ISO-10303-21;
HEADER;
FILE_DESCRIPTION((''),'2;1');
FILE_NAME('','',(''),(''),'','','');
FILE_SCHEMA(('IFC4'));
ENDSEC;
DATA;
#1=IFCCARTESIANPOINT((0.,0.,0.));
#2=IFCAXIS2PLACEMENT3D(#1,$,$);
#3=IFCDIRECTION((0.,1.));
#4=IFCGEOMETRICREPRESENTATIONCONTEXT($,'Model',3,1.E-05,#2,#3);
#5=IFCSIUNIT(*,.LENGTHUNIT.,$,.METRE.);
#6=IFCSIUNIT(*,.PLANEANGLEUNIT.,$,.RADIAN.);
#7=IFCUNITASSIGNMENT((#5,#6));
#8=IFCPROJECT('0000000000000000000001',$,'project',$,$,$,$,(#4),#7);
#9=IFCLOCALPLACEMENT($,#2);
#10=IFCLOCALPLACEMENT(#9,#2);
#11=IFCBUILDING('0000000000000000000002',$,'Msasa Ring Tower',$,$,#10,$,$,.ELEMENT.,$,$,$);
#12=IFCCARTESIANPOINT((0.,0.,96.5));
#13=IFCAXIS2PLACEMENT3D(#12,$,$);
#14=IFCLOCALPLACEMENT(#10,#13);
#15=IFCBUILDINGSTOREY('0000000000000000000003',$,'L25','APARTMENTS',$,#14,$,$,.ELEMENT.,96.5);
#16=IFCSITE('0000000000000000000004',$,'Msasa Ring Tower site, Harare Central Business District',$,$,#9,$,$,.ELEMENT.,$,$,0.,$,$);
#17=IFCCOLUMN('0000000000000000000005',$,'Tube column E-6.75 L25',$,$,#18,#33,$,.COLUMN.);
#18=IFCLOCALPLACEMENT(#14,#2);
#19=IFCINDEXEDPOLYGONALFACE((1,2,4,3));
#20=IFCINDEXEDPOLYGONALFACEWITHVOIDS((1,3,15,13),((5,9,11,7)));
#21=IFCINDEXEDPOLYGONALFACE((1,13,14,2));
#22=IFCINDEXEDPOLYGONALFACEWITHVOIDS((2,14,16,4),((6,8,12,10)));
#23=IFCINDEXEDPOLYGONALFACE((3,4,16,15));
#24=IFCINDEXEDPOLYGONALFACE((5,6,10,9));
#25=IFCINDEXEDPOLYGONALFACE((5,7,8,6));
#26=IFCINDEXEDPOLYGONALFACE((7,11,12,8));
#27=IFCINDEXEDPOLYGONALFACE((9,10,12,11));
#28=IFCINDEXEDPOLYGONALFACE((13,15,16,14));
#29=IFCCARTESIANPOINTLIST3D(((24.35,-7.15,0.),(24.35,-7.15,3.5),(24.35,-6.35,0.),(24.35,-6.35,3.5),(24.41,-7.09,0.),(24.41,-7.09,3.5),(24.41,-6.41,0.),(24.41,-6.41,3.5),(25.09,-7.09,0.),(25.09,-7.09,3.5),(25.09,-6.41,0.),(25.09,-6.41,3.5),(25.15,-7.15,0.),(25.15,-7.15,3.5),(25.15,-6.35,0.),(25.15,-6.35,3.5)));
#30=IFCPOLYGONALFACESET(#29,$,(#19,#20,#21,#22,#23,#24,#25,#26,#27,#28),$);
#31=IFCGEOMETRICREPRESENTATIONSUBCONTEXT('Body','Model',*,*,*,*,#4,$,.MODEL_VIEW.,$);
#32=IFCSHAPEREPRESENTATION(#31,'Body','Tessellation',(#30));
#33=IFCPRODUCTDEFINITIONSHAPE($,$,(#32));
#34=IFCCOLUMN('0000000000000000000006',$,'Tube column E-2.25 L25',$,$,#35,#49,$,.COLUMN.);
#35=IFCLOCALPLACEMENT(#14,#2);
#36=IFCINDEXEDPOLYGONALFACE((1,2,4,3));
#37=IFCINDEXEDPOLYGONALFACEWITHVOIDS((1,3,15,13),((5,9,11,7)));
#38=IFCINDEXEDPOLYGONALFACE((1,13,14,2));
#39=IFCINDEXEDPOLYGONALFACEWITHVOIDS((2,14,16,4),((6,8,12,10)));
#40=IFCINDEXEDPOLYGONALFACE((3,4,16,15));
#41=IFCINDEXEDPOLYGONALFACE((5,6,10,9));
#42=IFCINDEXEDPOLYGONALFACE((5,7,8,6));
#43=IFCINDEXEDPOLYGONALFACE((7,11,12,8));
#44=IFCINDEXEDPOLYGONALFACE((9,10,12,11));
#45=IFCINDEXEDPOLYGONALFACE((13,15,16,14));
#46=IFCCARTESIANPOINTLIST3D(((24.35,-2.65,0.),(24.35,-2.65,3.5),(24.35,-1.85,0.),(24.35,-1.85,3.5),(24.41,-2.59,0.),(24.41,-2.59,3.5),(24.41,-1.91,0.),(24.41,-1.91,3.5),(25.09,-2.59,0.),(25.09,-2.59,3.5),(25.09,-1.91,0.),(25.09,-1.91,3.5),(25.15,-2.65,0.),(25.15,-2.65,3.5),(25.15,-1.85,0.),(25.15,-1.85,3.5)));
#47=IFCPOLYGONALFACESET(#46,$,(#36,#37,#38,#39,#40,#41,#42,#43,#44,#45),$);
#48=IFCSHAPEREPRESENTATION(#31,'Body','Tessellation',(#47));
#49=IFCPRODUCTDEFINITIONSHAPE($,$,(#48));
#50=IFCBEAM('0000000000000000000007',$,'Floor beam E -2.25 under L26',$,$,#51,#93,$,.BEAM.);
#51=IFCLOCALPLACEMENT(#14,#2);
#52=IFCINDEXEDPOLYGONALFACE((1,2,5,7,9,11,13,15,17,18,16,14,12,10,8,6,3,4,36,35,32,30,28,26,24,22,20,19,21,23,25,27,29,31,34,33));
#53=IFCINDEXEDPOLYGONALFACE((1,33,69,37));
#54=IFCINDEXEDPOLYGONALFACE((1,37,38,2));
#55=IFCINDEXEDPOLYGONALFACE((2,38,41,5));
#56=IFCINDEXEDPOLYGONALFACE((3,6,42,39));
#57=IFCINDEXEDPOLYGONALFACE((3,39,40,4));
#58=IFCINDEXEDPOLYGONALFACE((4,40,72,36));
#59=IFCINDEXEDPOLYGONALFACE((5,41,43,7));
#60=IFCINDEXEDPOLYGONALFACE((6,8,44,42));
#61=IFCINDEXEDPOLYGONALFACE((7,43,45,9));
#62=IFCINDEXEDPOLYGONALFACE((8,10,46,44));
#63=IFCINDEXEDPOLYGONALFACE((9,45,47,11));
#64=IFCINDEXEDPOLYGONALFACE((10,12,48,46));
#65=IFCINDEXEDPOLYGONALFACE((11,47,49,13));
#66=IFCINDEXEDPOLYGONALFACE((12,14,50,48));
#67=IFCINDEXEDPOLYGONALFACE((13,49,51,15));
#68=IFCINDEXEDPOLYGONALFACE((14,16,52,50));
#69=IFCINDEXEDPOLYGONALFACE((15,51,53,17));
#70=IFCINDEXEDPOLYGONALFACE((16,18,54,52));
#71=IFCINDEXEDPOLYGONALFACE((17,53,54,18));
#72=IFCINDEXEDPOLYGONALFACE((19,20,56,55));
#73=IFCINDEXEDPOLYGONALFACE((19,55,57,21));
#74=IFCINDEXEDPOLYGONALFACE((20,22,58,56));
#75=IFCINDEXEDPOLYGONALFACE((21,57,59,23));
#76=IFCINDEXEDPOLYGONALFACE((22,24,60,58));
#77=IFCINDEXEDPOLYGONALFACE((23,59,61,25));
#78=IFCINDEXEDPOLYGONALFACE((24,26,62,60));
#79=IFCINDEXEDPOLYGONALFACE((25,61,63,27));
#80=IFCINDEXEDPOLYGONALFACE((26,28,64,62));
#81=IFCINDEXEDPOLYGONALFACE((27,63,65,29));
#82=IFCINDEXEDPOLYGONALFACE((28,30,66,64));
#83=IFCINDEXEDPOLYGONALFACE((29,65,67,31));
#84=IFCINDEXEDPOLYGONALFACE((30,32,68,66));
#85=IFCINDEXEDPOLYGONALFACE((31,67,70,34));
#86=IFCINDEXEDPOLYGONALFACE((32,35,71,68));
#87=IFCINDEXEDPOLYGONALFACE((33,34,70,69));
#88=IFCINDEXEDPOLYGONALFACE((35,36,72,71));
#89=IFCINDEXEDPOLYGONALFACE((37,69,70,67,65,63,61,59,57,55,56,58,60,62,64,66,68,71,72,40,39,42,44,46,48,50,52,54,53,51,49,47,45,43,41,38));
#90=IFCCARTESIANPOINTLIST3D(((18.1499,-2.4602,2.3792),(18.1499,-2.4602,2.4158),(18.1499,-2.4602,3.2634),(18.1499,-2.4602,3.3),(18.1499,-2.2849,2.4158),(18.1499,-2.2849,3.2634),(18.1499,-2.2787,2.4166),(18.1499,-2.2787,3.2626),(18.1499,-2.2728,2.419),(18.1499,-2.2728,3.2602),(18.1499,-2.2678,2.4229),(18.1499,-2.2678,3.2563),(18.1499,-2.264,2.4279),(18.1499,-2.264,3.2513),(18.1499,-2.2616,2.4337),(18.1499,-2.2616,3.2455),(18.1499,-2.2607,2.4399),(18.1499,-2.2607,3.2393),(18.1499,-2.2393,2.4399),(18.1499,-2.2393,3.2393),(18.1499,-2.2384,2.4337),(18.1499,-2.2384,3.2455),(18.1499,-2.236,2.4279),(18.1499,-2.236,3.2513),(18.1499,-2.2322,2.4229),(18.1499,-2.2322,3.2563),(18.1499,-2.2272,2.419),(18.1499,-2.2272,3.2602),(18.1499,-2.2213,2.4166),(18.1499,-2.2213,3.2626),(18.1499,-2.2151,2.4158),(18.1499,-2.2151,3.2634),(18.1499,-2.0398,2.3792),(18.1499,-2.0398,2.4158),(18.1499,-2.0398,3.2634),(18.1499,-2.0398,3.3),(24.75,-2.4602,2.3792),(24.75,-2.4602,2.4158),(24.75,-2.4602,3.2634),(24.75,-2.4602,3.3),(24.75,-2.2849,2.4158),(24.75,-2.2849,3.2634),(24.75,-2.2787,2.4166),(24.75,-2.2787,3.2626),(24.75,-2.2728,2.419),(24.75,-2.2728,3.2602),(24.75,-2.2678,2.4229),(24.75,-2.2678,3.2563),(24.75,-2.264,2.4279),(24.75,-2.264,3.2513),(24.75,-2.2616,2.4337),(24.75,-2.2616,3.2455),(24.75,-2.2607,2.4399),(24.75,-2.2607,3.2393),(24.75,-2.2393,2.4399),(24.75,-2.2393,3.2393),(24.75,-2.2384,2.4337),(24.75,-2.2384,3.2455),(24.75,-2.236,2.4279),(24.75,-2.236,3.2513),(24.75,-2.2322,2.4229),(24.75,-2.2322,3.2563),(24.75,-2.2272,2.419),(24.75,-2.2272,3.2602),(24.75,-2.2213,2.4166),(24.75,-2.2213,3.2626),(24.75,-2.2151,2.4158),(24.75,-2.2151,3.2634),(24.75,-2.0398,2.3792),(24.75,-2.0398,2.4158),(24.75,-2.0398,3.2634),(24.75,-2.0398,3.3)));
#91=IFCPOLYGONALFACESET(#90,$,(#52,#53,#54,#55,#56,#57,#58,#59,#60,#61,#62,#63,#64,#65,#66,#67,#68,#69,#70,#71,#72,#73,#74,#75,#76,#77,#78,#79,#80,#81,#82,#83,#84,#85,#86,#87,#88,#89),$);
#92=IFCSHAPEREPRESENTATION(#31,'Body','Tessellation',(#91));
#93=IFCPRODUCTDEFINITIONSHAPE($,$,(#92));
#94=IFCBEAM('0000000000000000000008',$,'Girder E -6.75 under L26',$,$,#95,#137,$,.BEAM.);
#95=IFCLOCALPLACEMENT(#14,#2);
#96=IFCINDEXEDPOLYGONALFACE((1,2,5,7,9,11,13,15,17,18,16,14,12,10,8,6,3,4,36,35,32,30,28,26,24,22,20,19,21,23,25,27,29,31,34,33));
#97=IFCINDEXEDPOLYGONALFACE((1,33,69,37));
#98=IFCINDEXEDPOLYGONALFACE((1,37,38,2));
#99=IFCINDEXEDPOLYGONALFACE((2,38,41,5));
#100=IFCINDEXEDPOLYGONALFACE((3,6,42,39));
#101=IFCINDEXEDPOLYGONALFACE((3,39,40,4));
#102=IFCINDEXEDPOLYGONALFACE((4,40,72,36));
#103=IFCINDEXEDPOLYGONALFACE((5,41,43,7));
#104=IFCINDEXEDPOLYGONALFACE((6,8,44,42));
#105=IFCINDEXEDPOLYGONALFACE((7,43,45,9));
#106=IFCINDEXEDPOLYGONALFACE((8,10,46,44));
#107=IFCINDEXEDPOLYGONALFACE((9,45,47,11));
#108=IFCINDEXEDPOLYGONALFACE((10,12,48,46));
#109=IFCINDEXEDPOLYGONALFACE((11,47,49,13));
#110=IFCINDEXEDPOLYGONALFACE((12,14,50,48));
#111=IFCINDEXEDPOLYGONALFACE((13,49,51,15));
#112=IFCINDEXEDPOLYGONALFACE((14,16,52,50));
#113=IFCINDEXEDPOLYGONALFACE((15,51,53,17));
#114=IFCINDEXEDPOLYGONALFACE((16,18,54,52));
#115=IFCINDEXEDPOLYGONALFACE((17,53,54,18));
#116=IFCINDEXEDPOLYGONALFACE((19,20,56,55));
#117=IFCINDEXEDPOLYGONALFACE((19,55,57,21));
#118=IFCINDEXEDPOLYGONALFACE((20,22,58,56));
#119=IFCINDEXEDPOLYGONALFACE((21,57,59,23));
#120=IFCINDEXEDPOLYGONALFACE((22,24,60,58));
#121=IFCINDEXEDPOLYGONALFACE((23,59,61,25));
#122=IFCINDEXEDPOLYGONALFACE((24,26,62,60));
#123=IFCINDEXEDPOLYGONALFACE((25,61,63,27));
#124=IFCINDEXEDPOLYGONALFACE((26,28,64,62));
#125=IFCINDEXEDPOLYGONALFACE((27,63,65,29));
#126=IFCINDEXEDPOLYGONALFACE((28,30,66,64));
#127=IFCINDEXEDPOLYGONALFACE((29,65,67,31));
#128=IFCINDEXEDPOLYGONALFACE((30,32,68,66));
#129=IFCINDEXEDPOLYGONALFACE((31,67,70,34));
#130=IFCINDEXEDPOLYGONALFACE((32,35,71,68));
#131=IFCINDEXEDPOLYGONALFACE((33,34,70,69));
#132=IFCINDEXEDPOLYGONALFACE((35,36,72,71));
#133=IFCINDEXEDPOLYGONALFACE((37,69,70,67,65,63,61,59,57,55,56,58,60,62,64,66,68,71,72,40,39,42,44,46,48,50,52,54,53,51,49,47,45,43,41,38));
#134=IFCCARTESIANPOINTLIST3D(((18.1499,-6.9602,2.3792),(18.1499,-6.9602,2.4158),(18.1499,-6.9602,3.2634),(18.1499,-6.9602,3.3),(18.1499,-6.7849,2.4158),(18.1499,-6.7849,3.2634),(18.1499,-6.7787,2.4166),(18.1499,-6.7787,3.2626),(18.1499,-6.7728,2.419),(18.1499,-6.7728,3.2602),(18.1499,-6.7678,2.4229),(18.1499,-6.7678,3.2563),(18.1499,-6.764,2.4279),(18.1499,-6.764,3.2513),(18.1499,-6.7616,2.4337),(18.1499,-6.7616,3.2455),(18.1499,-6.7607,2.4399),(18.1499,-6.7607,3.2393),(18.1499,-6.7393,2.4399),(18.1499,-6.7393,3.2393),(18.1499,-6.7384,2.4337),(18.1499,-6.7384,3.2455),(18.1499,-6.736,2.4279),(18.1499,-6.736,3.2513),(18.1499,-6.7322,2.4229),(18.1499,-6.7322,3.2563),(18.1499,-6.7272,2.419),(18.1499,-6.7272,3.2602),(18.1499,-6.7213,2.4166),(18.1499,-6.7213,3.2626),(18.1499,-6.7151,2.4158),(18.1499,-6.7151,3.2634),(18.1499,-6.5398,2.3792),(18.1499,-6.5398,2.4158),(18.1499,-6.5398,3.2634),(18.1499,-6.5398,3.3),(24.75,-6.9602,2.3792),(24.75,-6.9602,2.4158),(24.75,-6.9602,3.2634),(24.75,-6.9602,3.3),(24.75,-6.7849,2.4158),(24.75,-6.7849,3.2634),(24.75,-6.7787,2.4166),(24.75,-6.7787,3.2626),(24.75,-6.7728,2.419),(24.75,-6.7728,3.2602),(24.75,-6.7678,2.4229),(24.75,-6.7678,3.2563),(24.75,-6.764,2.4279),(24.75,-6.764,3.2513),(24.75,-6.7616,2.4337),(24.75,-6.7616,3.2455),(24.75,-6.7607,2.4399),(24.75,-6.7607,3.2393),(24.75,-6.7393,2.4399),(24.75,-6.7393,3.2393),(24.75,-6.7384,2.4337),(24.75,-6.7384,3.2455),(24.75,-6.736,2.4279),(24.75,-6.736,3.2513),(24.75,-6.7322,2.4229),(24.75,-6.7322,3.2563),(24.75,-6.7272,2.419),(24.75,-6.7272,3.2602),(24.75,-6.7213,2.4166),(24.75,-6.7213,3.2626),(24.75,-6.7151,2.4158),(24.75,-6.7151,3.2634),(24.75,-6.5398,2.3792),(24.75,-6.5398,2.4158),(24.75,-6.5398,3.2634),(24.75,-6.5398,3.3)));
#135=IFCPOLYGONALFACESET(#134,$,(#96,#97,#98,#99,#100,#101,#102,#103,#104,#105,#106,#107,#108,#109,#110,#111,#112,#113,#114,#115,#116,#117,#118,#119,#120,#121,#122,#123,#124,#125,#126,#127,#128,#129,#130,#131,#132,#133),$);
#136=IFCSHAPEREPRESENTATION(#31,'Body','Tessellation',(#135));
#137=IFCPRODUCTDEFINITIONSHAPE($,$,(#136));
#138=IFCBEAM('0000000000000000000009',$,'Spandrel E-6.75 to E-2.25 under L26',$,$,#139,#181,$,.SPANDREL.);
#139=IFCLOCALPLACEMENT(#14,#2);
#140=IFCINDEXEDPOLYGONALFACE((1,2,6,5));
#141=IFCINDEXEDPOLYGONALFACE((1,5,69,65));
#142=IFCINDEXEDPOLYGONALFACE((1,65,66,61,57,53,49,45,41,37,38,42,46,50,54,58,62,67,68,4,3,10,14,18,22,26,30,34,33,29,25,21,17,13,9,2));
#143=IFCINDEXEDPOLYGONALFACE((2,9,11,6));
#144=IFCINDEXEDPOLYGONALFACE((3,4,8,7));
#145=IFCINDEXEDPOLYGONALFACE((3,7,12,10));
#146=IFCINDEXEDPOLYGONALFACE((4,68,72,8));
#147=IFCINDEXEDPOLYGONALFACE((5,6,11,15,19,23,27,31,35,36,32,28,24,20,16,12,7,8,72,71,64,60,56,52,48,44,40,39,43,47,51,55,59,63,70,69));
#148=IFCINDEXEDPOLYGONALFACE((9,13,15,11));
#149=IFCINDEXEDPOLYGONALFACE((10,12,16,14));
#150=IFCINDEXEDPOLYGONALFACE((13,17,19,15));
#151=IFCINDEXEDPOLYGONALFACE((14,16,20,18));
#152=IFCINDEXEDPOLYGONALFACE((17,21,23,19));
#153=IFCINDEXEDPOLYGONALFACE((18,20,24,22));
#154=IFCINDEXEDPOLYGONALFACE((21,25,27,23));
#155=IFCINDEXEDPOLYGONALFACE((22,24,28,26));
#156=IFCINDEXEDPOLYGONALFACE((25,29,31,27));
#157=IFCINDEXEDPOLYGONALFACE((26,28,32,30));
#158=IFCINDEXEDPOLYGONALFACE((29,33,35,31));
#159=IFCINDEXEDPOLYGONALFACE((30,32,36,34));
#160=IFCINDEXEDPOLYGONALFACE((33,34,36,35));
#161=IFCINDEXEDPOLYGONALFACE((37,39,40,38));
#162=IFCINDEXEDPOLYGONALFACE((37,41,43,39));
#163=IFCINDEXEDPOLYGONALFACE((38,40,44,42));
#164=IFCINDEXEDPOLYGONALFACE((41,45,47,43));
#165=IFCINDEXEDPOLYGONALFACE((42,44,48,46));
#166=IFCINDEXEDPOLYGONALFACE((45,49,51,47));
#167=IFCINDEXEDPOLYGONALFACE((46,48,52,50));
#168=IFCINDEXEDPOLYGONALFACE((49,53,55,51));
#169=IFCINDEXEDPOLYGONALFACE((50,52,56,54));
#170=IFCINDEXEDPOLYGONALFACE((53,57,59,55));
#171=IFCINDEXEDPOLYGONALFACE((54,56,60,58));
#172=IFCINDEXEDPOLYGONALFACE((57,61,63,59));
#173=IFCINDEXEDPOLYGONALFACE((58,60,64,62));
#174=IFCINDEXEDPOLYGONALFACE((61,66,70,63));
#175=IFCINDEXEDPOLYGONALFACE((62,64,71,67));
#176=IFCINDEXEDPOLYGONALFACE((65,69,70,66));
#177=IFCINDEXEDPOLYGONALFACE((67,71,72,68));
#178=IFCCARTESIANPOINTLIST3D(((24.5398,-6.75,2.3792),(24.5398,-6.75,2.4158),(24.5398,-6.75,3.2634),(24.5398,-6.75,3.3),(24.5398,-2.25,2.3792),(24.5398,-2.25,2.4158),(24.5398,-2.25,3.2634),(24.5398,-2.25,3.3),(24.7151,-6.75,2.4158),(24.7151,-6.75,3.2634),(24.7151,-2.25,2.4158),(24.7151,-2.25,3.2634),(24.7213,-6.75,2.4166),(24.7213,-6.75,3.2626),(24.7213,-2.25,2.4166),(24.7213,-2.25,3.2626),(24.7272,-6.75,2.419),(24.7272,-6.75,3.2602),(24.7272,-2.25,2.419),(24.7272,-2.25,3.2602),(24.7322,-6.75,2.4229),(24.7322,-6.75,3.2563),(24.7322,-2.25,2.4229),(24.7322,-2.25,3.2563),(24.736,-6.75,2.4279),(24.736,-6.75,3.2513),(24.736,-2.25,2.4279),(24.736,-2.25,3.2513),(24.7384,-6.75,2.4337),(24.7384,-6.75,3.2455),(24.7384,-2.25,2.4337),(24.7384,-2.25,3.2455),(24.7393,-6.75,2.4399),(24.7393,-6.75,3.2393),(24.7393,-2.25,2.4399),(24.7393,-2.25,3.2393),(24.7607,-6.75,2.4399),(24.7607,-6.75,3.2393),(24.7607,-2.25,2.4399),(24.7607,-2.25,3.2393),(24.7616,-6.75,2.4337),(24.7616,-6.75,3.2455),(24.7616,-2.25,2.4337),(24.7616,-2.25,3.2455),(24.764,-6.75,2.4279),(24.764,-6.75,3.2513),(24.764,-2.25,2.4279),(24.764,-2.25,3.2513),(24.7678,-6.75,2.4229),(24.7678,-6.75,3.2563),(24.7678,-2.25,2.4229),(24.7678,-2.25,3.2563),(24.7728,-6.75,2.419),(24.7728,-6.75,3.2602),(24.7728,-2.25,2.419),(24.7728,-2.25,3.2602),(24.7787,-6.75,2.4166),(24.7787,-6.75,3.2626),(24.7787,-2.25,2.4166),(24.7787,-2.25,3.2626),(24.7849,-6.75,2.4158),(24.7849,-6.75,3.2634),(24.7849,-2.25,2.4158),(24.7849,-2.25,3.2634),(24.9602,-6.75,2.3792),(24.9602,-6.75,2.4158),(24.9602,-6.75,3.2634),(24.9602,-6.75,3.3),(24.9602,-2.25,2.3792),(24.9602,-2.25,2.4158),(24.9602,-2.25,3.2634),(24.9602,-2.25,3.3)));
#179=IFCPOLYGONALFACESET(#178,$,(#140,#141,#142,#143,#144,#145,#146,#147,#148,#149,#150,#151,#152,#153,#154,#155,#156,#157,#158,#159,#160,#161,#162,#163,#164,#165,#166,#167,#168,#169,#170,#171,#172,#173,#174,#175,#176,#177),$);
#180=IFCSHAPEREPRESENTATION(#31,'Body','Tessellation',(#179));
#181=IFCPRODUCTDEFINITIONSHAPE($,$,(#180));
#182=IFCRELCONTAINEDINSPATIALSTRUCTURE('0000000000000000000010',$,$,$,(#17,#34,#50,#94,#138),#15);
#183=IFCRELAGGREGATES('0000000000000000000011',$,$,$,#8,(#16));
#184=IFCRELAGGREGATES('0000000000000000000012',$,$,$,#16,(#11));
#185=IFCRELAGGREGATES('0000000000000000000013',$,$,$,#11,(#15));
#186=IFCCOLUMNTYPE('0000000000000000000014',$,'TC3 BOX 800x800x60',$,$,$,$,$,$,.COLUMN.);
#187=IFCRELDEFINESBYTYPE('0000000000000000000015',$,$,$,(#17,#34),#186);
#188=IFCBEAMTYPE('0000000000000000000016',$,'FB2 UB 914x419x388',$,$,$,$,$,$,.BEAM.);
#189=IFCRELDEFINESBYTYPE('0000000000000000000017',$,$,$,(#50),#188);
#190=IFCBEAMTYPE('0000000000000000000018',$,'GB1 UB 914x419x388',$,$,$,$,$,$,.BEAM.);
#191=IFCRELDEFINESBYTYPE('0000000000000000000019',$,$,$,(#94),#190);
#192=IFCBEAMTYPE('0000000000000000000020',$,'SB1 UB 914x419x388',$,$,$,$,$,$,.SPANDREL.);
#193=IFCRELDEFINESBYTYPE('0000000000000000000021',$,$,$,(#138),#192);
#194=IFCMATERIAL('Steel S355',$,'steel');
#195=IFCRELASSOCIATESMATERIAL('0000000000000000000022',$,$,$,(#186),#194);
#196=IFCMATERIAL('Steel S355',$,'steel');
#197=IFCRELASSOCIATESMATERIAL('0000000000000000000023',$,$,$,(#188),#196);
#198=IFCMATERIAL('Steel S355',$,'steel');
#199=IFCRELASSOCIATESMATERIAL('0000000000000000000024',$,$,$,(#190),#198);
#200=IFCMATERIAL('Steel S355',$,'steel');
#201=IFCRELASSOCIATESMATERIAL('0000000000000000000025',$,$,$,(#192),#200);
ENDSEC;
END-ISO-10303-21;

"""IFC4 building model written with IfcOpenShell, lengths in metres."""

from ifc_helpers import new_model, si_unit, direction, frame, origin, origin_2d, place, context, subcontext, project, spatial, hollow_rectangle, i_section, extrude, material, material_profile, profile_set, type_object, element, save


model = new_model("IFC4")

# Units and contexts
model_context = context("Model", 3, precision=1e-05, world=origin(), true_north=direction((0.0, 1.0)))
body_context = subcontext(model_context, "Body", "Model", "MODEL_VIEW")
ifc_project = project(units=[si_unit("LENGTHUNIT", "METRE"), si_unit("PLANEANGLEUNIT", "RADIAN")], contexts=[model_context])

# Site, building, storey
site_placement = place(None, origin())
site = spatial("IfcSite", under=ifc_project, at=site_placement, Name="Msasa Ring Tower site, Harare Central Business District", CompositionType="ELEMENT", RefElevation=0.0)
building_placement = place(site_placement, origin())
building = spatial("IfcBuilding", under=site, at=building_placement, Name="Msasa Ring Tower", CompositionType="ELEMENT")
storey_placement = place(building_placement, frame((0.0, 0.0, 96.5)))
storey = spatial("IfcBuildingStorey", under=building, at=storey_placement, Name="L25", Description="APARTMENTS", CompositionType="ELEMENT", Elevation=96.5)

# Columns
ifc_material_1 = material(Name="Steel S355", Category="steel")
ifc_material_profile_1 = material_profile(ifc_material_1, hollow_rectangle(XDim=0.8, YDim=0.8, WallThickness=0.0601, at=origin_2d()), Name="BOX 800x800x60")
ifc_profile_set_1 = profile_set([ifc_material_profile_1], Name="Steel S355")
column_type = type_object("IfcColumnType", Name="TC3 BOX 800x800x60", PredefinedType="COLUMN", material=ifc_profile_set_1)
for number, where, z_axis, x_axis, name in (
    (1, (24.75, -6.75, 0.0), (0.0, 0.0, 1.0), (1.0, 0.0, 0.0), "Tube column E-6.75 L25"),
    (2, (24.75, -2.25, 0.0), (0.0, 0.0, 1.0), (1.0, 0.0, 0.0), "Tube column E-2.25 L25"),
):
    element("IfcColumn", number, at=place(storey_placement, frame(where, z_axis=z_axis, x_axis=x_axis)), inside=storey, type_object=column_type, Name=name, PredefinedType="COLUMN", context=body_context, shape_type="SweptSolid", body=[
        extrude(hollow_rectangle(XDim=0.8, YDim=0.8, WallThickness=0.0601, at=origin_2d()), origin(), (0.0, 0.0, 1.0), 3.5),
    ])

# Beams
ifc_material_2 = material(Name="Steel S355", Category="steel")
ifc_material_profile_2 = material_profile(ifc_material_2, i_section(OverallWidth=0.4204, OverallDepth=0.9209, WebThickness=0.0215, FlangeThickness=0.0366, FilletRadius=0.0242, at=origin_2d()), Name="UB 914x419x388")
ifc_profile_set_2 = profile_set([ifc_material_profile_2], Name="Steel S355")
beam_type_1 = type_object("IfcBeamType", Name="FB2 UB 914x419x388", PredefinedType="BEAM", material=ifc_profile_set_2)
beam_1_placement = place(storey_placement, frame((24.75, -2.25, 2.8396), z_axis=(-1.0, 0.0, 0.0), x_axis=(0.0, -1.0, 0.0)))
element("IfcBeam", 3, at=beam_1_placement, inside=storey, type_object=beam_type_1, Name="Floor beam E -2.25 under L26", PredefinedType="BEAM", context=body_context, shape_type="SweptSolid", body=[
    extrude(i_section(OverallWidth=0.4204, OverallDepth=0.9209, WebThickness=0.0215, FlangeThickness=0.0366, FilletRadius=0.0242, at=origin_2d()), origin(), (0.0, 0.0, 1.0), 6.6001),
])
ifc_material_3 = material(Name="Steel S355", Category="steel")
ifc_material_profile_3 = material_profile(ifc_material_3, i_section(OverallWidth=0.4204, OverallDepth=0.9209, WebThickness=0.0215, FlangeThickness=0.0366, FilletRadius=0.0242, at=origin_2d()), Name="UB 914x419x388")
ifc_profile_set_3 = profile_set([ifc_material_profile_3], Name="Steel S355")
beam_type_2 = type_object("IfcBeamType", Name="GB1 UB 914x419x388", PredefinedType="BEAM", material=ifc_profile_set_3)
beam_2_placement = place(storey_placement, frame((18.1499, -6.75, 2.8396), z_axis=(1.0, 0.0, 0.0), x_axis=(0.0, 1.0, 0.0)))
element("IfcBeam", 4, at=beam_2_placement, inside=storey, type_object=beam_type_2, Name="Girder E -6.75 under L26", PredefinedType="BEAM", context=body_context, shape_type="SweptSolid", body=[
    extrude(i_section(OverallWidth=0.4204, OverallDepth=0.9209, WebThickness=0.0215, FlangeThickness=0.0366, FilletRadius=0.0242, at=origin_2d()), origin(), (0.0, 0.0, 1.0), 6.6001),
])
ifc_material_4 = material(Name="Steel S355", Category="steel")
ifc_material_profile_4 = material_profile(ifc_material_4, i_section(OverallWidth=0.4204, OverallDepth=0.9209, WebThickness=0.0215, FlangeThickness=0.0366, FilletRadius=0.0242, at=origin_2d()), Name="UB 914x419x388")
ifc_profile_set_4 = profile_set([ifc_material_profile_4], Name="Steel S355")
beam_type_3 = type_object("IfcBeamType", Name="SB1 UB 914x419x388", PredefinedType="SPANDREL", material=ifc_profile_set_4)
for number, where, z_axis, x_axis, name in (
    (5, (24.75, -6.75, 2.8396), (0.0, 1.0, 0.0), (-1.0, 0.0, 0.0), "Spandrel E-6.75 to E-2.25 under L26"),
):
    element("IfcBeam", number, at=place(storey_placement, frame(where, z_axis=z_axis, x_axis=x_axis)), inside=storey, type_object=beam_type_3, Name=name, PredefinedType="SPANDREL", context=body_context, shape_type="SweptSolid", body=[
        extrude(i_section(OverallWidth=0.4204, OverallDepth=0.9209, WebThickness=0.0215, FlangeThickness=0.0366, FilletRadius=0.0242, at=origin_2d()), origin(), (0.0, 0.0, 1.0), 4.5),
    ])

save(model, "model.ifc")
